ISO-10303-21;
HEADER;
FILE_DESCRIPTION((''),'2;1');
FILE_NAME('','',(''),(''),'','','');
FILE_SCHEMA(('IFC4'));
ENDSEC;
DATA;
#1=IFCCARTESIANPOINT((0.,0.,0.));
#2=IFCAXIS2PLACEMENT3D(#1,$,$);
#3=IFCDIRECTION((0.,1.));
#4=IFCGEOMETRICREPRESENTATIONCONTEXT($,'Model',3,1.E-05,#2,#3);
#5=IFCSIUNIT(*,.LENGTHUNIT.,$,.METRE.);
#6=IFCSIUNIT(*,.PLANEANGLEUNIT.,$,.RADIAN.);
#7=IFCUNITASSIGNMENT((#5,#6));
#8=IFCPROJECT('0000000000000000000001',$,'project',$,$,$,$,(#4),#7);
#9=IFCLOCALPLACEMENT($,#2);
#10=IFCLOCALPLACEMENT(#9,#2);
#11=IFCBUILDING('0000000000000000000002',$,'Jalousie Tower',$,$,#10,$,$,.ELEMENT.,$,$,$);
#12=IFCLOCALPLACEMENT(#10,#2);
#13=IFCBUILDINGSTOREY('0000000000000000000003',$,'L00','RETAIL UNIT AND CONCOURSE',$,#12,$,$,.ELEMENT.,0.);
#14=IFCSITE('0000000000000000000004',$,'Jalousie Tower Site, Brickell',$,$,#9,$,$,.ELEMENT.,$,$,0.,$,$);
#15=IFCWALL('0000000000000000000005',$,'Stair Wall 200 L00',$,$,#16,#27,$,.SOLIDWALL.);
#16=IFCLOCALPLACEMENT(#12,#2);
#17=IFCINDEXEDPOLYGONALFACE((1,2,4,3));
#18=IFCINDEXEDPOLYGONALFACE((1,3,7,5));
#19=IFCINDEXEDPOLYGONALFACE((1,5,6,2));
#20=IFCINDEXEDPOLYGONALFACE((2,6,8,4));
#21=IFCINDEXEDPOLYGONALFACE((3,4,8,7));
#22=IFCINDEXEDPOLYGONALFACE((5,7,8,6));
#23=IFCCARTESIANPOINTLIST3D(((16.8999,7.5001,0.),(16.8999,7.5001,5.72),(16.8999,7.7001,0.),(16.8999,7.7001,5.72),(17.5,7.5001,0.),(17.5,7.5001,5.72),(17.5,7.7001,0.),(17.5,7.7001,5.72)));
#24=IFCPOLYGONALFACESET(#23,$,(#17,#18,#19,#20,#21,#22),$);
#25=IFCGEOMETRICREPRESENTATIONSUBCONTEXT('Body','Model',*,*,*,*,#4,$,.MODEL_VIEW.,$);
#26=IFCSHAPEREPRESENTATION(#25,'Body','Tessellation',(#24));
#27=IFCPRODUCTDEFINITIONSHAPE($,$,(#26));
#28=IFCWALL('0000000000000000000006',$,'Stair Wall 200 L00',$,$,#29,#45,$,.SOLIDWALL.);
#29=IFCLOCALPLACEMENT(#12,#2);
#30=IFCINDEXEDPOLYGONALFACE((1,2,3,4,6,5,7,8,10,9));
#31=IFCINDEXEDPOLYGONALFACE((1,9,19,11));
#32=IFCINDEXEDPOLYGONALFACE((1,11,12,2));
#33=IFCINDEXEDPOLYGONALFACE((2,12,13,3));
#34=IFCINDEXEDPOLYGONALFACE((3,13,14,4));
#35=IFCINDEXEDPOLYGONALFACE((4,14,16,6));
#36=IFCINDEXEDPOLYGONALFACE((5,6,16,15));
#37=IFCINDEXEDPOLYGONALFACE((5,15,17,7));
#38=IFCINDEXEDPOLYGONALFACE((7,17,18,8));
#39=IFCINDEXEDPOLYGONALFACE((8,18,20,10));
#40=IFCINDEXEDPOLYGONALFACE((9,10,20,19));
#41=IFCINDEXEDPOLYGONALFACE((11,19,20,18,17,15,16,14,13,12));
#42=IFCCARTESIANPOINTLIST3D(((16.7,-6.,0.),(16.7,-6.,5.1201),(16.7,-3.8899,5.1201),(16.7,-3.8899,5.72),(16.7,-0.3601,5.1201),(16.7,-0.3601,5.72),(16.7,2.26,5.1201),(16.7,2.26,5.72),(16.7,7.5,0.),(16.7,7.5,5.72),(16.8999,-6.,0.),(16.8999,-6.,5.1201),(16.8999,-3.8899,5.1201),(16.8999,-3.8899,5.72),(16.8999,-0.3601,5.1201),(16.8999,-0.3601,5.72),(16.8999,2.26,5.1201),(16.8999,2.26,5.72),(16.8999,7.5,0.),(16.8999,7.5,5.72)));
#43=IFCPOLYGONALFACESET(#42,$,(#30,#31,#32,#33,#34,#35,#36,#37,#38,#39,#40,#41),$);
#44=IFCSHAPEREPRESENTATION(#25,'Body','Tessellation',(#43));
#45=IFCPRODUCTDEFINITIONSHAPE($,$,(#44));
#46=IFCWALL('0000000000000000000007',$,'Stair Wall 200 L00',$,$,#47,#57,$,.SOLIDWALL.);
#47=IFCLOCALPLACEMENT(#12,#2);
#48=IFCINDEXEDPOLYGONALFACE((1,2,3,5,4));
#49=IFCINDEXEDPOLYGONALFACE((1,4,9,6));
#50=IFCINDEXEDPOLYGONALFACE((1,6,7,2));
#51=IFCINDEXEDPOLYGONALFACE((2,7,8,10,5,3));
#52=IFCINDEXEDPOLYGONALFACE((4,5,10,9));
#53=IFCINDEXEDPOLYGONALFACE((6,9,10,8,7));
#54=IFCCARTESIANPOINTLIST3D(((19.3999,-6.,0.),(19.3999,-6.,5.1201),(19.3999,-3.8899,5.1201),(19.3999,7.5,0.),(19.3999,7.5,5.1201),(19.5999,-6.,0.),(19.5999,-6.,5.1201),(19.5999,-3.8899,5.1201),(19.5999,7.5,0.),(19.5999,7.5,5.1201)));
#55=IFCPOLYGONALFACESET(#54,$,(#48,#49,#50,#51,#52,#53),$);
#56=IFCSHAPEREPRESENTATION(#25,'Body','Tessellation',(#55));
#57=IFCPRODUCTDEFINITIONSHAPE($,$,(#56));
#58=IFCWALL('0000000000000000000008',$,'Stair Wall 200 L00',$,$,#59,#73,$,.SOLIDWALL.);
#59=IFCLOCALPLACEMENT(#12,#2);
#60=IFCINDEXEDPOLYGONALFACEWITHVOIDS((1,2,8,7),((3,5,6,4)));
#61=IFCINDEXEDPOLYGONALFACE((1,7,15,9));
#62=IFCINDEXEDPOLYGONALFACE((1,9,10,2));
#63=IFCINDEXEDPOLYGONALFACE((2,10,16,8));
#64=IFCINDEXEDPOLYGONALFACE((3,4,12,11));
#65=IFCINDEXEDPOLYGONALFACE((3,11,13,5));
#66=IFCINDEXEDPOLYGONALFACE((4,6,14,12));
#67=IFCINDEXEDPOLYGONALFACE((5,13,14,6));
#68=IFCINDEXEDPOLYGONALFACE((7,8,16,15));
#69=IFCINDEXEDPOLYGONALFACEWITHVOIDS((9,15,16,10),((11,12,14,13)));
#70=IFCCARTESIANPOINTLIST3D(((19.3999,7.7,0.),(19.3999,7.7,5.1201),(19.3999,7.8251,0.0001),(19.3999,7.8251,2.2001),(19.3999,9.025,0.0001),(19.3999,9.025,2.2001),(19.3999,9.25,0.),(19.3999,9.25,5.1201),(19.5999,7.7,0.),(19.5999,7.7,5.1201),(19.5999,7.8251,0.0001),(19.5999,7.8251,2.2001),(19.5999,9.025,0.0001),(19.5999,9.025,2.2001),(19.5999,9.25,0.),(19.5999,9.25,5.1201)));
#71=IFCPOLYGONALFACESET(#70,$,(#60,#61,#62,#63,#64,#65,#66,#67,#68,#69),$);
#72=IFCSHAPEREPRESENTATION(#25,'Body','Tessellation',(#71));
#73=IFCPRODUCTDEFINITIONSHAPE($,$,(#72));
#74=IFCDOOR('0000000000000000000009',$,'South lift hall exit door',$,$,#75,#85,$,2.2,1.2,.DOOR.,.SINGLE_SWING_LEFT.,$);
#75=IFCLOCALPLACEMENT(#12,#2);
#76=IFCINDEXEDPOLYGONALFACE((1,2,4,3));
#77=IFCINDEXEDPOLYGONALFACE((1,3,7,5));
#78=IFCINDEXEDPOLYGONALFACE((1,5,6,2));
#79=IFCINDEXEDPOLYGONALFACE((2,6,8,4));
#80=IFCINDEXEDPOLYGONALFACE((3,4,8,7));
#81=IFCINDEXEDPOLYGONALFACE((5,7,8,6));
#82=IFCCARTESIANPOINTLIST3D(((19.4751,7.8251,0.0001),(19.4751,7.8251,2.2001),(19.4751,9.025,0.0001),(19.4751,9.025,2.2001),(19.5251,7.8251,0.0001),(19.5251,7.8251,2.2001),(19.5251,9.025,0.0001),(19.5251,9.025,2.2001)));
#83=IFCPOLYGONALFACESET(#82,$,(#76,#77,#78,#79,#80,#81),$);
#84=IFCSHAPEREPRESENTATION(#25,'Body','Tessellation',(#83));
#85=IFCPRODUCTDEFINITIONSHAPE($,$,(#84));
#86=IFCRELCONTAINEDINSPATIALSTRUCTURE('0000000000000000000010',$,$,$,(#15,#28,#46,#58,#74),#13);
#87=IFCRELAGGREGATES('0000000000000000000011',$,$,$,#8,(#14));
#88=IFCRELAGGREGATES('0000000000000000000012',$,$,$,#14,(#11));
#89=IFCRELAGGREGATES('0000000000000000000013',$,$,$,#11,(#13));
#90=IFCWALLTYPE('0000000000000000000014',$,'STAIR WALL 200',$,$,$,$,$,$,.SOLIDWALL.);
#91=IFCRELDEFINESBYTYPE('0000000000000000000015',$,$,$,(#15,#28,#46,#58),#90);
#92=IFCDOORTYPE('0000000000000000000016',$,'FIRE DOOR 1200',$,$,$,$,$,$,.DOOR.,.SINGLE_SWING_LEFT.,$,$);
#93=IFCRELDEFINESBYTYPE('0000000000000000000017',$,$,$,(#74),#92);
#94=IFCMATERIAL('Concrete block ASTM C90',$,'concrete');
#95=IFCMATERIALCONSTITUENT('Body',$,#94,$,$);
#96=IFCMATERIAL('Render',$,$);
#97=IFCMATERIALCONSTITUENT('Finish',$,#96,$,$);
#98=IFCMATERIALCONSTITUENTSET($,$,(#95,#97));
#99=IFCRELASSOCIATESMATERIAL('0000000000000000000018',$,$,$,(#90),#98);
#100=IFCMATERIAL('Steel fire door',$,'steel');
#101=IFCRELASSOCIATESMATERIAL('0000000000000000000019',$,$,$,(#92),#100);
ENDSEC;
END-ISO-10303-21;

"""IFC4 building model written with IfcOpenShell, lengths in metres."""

from ifc_helpers import new_model, si_unit, direction, frame, frame_2d, origin, place, context, subcontext, project, spatial, polyline, rectangle, outline, extrude, material, constituent, constituent_set, type_object, element, fill, save


model = new_model("IFC4")

# Units and contexts
model_context = context("Model", 3, precision=1e-05, world=origin(), true_north=direction((0.0, 1.0)))
body_context = subcontext(model_context, "Body", "Model", "MODEL_VIEW")
ifc_project = project(units=[si_unit("LENGTHUNIT", "METRE"), si_unit("PLANEANGLEUNIT", "RADIAN")], contexts=[model_context])

# Site, building, storey
site_placement = place(None, origin())
site = spatial("IfcSite", under=ifc_project, at=site_placement, Name="Jalousie Tower Site, Brickell", CompositionType="ELEMENT", RefElevation=0.0)
building_placement = place(site_placement, origin())
building = spatial("IfcBuilding", under=site, at=building_placement, Name="Jalousie Tower", CompositionType="ELEMENT")
storey_placement = place(building_placement, origin())
storey = spatial("IfcBuildingStorey", under=building, at=storey_placement, Name="L00", Description="RETAIL UNIT AND CONCOURSE", CompositionType="ELEMENT", Elevation=0.0)

# Walls
ifc_material_1 = material(Name="Concrete block ASTM C90", Category="concrete")
ifc_constituent_1 = constituent(ifc_material_1, Name="Body")
ifc_material_2 = material(Name="Render")
ifc_constituent_2 = constituent(ifc_material_2, Name="Finish")
ifc_constituent_set_1 = constituent_set(constituents=[ifc_constituent_1, ifc_constituent_2])
wall_type_1 = type_object("IfcWallType", Name="STAIR WALL 200", PredefinedType="SOLIDWALL", material=ifc_constituent_set_1)
wall_1_placement = place(storey_placement, frame((16.8999, 7.6001, 0.0), z_axis=(0.0, 0.0, 1.0), x_axis=(1.0, 0.0, 0.0)))
element("IfcWall", 1, at=wall_1_placement, inside=storey, type_object=wall_type_1, Name="Stair Wall 200 L00", PredefinedType="SOLIDWALL", context=body_context, shape_type="SweptSolid", body=[
    extrude(rectangle(XDim=0.6001, YDim=0.2, at=frame_2d((0.3, 0.0))), origin(), (0.0, 0.0, 1.0), 5.72),
])
wall_2_placement = place(storey_placement, frame((16.8, -6.0, 0.0), z_axis=(0.0, 0.0, 1.0), x_axis=(0.0, 1.0, 0.0)))
element("IfcWall", 2, at=wall_2_placement, inside=storey, type_object=wall_type_1, Name="Stair Wall 200 L00", PredefinedType="SOLIDWALL", context=body_context, shape_type="SweptSolid", body=[
    extrude(outline(polyline([(0.0, 0.0), (13.5, 0.0), (13.5, 5.72), (8.26, 5.72), (8.26, 5.1201), (5.6399, 5.1201), (5.6399, 5.72), (2.1101, 5.72), (2.1101, 5.1201), (0.0, 5.1201), (0.0, 5.72), (0.0, 0.0)])), frame((0.0, 0.1001, 0.0), z_axis=(0.0, -1.0, 0.0), x_axis=(1.0, 0.0, 0.0)), (0.0, 0.0, 1.0), 0.2),
])
wall_3_placement = place(storey_placement, frame((19.5, -6.0, 0.0), z_axis=(0.0, 0.0, 1.0), x_axis=(0.0, 1.0, 0.0)))
element("IfcWall", 3, at=wall_3_placement, inside=storey, type_object=wall_type_1, Name="Stair Wall 200 L00", PredefinedType="SOLIDWALL", context=body_context, shape_type="SweptSolid", body=[
    extrude(outline(polyline([(0.0, 0.0), (13.5, 0.0), (13.5, 5.72), (13.5, 5.1201), (2.1101, 5.1201), (0.0, 5.1201), (0.0, 5.72), (0.0, 0.0)])), frame((0.0, 0.1001, 0.0), z_axis=(0.0, -1.0, 0.0), x_axis=(1.0, 0.0, 0.0)), (0.0, 0.0, 1.0), 0.2),
])

# Wall, opening, door
wall_4_placement = place(storey_placement, frame((19.5, 7.7, 0.0), z_axis=(0.0, 0.0, 1.0), x_axis=(0.0, 1.0, 0.0)))
wall_4 = element("IfcWall", 4, at=wall_4_placement, inside=storey, type_object=wall_type_1, Name="Stair Wall 200 L00", PredefinedType="SOLIDWALL", context=body_context, shape_type="SweptSolid", body=[
    extrude(outline(polyline([(0.0, 0.0), (1.55, 0.0), (1.55, 5.72), (1.55, 5.1201), (0.0, 5.1201), (0.0, 5.72), (0.0, 0.0)])), frame((0.0, 0.1001, 0.0), z_axis=(0.0, -1.0, 0.0), x_axis=(1.0, 0.0, 0.0)), (0.0, 0.0, 1.0), 0.2),
])
opening_1_placement = place(wall_4_placement, frame((0.125, 0.0, 0.0)))
opening_1 = element("IfcOpeningElement", 5, at=opening_1_placement, cuts=wall_4, PredefinedType="OPENING", context=body_context, shape_type="SweptSolid", body=[
    extrude(rectangle(XDim=1.2, YDim=2.2, at=frame_2d((0.6001, 1.1001))), frame((0.0, 0.1099, 0.0), z_axis=(0.0, -1.0, 0.0), x_axis=(1.0, 0.0, 0.0)), (0.0, 0.0, 1.0), 0.22),
])
ifc_material_3 = material(Name="Steel fire door", Category="steel")
door_type_1 = type_object("IfcDoorType", Name="FIRE DOOR 1200", OperationType="SINGLE_SWING_LEFT", PredefinedType="DOOR", material=ifc_material_3)
door_1_placement = place(opening_1_placement, origin())
door_1 = element("IfcDoor", 6, at=door_1_placement, inside=storey, type_object=door_type_1, Name="South lift hall exit door", OperationType="SINGLE_SWING_LEFT", OverallHeight=2.2, OverallWidth=1.2, PredefinedType="DOOR", context=body_context, shape_type="SweptSolid", body=[
    extrude(rectangle(XDim=1.2, YDim=2.2, at=frame_2d((0.6001, 1.1001))), frame((0.0, 0.0249, 0.0), z_axis=(0.0, -1.0, 0.0), x_axis=(1.0, 0.0, 0.0)), (0.0, 0.0, 1.0), 0.05),
])
fill(opening_1, door_1)

save(model, "model.ifc")
